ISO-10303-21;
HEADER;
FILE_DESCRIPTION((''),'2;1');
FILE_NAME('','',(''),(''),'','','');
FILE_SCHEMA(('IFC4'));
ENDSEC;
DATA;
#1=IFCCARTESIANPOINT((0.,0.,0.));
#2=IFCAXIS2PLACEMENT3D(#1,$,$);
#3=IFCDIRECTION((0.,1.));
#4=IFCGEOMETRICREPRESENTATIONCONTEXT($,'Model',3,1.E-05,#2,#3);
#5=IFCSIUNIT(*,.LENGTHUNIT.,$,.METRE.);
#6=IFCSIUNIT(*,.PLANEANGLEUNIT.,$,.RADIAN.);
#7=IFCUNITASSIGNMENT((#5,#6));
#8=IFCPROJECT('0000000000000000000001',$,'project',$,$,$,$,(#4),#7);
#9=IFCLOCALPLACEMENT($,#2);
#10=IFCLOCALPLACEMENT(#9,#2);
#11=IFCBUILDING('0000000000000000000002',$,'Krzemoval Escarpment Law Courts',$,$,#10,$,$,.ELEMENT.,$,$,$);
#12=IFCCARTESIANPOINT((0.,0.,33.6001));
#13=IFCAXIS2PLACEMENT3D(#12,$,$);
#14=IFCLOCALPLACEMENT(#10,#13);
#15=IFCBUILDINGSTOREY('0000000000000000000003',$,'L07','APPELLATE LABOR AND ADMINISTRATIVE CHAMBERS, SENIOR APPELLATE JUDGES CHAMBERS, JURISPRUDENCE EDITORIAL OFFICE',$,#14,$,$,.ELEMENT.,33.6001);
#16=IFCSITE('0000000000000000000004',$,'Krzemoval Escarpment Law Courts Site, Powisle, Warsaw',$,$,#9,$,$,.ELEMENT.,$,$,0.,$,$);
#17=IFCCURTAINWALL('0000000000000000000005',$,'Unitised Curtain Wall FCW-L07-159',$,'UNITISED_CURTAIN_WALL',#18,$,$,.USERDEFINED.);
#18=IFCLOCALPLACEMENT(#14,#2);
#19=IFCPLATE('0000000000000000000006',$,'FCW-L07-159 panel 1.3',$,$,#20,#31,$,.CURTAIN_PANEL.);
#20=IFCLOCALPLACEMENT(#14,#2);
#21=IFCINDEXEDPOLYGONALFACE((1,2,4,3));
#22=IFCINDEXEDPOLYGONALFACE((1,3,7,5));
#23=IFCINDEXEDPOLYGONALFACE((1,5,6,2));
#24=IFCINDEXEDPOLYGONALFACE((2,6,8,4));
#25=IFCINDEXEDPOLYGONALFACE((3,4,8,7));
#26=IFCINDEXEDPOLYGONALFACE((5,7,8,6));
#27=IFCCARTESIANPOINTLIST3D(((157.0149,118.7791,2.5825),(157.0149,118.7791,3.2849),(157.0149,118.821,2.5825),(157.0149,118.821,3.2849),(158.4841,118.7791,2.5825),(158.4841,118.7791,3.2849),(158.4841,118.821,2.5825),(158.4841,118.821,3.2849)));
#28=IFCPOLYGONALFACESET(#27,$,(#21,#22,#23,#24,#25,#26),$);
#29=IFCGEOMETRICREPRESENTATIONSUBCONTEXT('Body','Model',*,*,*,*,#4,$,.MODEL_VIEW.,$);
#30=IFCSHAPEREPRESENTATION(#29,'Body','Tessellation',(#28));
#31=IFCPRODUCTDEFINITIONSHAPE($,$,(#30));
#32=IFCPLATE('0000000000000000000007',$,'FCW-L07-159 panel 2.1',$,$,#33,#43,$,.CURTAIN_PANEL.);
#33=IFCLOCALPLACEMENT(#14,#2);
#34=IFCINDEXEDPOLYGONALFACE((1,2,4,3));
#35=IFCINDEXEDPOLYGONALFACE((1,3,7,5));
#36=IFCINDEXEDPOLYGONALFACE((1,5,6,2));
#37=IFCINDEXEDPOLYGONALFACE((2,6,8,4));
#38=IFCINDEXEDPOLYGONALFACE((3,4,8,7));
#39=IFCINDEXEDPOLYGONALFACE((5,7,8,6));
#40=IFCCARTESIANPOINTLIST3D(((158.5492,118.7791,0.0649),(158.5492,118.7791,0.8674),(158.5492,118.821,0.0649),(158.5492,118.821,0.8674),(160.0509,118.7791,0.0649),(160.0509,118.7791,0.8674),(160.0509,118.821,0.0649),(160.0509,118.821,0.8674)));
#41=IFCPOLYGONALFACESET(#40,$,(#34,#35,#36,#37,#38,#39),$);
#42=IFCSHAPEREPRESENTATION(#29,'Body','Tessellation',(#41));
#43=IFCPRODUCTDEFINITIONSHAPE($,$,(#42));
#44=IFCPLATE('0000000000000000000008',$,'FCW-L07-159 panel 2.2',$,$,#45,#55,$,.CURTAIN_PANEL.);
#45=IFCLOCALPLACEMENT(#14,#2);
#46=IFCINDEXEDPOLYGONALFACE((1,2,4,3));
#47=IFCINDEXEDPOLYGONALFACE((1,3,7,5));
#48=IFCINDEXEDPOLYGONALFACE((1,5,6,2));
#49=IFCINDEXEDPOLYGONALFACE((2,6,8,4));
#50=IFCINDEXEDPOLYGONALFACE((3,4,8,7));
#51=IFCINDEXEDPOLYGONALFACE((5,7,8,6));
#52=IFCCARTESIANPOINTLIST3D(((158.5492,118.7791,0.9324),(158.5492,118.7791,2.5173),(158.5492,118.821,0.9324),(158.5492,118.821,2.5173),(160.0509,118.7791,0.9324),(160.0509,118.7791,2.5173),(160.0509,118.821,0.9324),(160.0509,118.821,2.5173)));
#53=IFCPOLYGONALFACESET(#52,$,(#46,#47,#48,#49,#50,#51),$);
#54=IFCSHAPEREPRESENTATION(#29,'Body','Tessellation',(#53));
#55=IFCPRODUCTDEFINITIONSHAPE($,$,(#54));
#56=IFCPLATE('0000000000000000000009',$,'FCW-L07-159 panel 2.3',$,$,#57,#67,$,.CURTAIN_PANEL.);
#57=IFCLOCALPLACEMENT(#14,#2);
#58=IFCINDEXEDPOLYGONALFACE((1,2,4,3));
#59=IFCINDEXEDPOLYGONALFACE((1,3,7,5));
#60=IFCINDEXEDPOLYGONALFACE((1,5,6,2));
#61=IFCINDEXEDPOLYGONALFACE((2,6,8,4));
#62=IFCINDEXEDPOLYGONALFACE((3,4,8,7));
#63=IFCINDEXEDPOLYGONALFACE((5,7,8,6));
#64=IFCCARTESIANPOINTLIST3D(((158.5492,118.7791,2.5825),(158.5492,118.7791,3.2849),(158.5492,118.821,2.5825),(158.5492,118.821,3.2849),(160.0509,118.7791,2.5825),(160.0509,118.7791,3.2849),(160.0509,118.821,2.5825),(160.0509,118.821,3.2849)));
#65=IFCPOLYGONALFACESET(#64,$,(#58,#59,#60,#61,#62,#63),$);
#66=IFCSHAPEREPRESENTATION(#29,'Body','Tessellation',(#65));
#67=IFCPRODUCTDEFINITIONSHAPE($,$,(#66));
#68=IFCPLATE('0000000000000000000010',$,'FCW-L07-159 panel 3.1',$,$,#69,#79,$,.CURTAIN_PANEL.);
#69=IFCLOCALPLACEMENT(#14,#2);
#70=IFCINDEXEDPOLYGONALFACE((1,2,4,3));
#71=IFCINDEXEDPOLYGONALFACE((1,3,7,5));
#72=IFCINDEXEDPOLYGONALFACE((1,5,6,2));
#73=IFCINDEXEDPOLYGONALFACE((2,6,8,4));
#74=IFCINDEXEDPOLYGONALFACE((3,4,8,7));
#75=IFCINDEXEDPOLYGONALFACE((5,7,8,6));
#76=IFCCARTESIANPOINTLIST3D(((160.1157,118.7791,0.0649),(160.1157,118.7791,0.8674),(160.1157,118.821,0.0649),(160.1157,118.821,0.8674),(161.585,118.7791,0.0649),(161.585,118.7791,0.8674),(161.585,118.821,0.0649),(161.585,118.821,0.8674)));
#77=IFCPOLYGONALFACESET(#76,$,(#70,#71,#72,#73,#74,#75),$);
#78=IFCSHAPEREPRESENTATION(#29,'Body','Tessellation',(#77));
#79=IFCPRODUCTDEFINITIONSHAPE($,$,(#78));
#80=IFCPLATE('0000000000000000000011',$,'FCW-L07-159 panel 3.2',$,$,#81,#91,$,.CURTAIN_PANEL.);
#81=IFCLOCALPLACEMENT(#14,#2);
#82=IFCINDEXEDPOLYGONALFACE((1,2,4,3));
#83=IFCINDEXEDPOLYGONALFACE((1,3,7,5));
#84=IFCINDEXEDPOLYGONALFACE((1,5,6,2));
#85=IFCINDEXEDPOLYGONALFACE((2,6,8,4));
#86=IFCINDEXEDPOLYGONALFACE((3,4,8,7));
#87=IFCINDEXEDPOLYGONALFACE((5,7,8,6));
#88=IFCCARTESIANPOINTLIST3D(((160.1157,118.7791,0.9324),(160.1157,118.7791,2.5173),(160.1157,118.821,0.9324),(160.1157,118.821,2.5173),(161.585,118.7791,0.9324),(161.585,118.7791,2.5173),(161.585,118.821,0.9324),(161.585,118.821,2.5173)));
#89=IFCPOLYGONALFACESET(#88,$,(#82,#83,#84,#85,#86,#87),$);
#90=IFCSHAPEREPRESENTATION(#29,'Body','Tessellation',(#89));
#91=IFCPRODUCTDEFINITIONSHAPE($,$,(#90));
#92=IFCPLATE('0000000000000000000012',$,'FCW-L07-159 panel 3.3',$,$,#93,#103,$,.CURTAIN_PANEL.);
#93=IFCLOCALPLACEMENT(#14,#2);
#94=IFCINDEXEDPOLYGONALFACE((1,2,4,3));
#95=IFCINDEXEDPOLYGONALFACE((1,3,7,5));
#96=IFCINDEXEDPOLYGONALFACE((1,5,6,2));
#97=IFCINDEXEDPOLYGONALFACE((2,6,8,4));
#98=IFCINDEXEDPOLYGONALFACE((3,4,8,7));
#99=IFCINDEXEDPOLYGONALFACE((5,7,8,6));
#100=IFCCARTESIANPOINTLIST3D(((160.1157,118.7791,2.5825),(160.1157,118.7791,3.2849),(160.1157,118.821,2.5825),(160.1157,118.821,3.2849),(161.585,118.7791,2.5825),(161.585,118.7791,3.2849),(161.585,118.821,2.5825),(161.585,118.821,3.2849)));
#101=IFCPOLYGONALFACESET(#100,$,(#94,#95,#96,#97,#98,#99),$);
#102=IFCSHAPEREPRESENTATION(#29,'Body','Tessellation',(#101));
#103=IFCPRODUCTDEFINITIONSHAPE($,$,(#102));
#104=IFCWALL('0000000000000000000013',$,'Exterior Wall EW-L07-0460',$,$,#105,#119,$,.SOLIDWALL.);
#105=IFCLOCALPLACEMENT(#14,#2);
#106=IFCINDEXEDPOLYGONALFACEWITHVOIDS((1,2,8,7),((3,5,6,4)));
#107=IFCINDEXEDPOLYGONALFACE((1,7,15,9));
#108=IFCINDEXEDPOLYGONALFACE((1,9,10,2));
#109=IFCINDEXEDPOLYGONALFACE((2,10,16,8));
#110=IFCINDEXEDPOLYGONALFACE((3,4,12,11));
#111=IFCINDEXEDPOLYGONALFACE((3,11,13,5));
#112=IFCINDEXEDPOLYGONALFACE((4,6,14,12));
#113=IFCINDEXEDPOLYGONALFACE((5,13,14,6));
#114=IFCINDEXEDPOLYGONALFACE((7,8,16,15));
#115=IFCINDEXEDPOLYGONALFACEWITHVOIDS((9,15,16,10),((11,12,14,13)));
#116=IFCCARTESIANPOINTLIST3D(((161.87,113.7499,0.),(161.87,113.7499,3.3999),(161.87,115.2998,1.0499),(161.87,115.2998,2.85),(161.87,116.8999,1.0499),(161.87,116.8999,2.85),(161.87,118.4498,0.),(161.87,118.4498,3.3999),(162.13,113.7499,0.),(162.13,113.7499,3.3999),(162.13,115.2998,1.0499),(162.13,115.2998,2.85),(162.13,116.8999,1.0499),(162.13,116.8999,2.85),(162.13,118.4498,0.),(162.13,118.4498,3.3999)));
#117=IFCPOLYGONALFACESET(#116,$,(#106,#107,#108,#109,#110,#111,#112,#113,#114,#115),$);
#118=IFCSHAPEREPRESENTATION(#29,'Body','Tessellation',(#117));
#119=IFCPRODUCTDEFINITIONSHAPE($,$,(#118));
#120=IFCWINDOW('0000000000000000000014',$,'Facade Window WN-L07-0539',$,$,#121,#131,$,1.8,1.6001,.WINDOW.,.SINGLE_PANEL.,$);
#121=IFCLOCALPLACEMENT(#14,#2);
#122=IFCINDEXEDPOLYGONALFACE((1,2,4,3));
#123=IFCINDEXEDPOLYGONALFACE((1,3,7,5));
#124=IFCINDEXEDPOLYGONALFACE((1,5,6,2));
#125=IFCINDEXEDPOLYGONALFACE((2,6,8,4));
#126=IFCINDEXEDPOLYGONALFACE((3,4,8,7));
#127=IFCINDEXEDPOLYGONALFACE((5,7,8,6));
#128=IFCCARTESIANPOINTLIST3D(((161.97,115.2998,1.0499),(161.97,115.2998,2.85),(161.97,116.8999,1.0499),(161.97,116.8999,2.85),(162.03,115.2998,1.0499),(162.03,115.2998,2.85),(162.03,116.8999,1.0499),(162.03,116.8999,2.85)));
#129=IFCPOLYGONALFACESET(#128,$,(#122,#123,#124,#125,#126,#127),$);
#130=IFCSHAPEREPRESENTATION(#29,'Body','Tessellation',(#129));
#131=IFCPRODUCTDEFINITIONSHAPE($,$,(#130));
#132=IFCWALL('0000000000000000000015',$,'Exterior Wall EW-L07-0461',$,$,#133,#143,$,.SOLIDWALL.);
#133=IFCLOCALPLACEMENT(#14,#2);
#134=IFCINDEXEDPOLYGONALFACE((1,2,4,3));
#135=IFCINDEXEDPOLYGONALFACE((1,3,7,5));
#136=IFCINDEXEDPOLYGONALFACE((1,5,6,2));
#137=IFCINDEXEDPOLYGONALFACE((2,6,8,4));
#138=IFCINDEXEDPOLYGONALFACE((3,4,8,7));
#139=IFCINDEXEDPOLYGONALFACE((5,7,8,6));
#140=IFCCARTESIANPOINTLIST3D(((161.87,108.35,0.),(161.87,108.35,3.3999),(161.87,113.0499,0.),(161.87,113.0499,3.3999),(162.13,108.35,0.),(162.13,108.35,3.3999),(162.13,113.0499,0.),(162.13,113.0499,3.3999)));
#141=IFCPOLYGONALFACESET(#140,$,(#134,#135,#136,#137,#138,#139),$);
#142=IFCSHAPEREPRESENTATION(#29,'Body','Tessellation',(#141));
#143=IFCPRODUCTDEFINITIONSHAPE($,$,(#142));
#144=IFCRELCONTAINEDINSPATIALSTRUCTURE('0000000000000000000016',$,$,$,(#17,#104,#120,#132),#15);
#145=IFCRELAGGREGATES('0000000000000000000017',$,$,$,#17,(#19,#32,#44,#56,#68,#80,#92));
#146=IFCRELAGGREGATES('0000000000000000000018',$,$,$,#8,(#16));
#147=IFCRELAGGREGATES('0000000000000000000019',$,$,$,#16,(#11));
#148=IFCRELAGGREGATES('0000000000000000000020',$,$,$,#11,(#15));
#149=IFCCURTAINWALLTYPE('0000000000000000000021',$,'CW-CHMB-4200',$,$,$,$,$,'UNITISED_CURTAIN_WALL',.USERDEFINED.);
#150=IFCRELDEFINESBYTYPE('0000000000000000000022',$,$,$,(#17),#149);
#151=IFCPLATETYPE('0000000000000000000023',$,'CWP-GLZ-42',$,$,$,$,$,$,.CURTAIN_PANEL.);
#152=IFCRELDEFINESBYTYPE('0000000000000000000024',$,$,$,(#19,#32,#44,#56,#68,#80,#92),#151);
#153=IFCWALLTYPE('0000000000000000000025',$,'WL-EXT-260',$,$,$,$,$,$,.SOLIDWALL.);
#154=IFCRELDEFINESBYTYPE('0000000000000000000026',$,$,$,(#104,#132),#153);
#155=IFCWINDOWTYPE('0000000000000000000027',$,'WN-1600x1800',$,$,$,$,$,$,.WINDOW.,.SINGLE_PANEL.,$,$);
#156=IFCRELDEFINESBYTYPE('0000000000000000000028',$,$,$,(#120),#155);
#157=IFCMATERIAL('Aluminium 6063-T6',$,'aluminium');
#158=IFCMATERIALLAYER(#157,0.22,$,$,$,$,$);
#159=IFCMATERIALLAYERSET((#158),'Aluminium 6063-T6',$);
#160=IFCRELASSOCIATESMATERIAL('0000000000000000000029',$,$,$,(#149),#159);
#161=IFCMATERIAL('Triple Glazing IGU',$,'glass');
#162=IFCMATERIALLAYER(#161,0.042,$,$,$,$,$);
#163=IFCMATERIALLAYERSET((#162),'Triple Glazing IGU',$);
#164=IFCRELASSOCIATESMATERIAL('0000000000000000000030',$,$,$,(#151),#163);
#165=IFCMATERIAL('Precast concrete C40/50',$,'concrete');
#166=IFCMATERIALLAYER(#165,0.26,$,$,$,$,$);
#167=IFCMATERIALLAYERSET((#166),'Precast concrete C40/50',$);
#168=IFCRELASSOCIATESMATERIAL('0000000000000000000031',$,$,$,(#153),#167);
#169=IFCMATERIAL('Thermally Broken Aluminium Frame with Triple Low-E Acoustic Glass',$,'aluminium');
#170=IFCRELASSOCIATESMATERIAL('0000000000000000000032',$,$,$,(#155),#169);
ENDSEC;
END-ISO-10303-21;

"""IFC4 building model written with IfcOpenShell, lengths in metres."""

from ifc_helpers import new_model, si_unit, direction, frame, frame_2d, origin, origin_2d, place, context, subcontext, project, spatial, rectangle, extrude, material, layer, layer_set, type_object, element, fill, aggregate, save


model = new_model("IFC4")

# Units and contexts
model_context = context("Model", 3, precision=1e-05, world=origin(), true_north=direction((0.0, 1.0)))
body_context = subcontext(model_context, "Body", "Model", "MODEL_VIEW")
ifc_project = project(units=[si_unit("LENGTHUNIT", "METRE"), si_unit("PLANEANGLEUNIT", "RADIAN")], contexts=[model_context])

# Site, building, storey
site_placement = place(None, origin())
site = spatial("IfcSite", under=ifc_project, at=site_placement, Name="Krzemoval Escarpment Law Courts Site, Powisle, Warsaw", CompositionType="ELEMENT", RefElevation=0.0)
building_placement = place(site_placement, origin())
building = spatial("IfcBuilding", under=site, at=building_placement, Name="Krzemoval Escarpment Law Courts", CompositionType="ELEMENT")
storey_placement = place(building_placement, frame((0.0, 0.0, 33.6001)))
storey = spatial("IfcBuildingStorey", under=building, at=storey_placement, Name="L07", Description="APPELLATE LABOR AND ADMINISTRATIVE CHAMBERS, SENIOR APPELLATE JUDGES CHAMBERS, JURISPRUDENCE EDITORIAL OFFICE", CompositionType="ELEMENT", Elevation=33.6001)

# Curtain wall, plates
ifc_material_1 = material(Name="Aluminium 6063-T6", Category="aluminium")
ifc_layer_1 = layer(ifc_material_1, 0.22)
ifc_layer_set_1 = layer_set([ifc_layer_1], Name="Aluminium 6063-T6")
curtain_wall_type = type_object("IfcCurtainWallType", Name="CW-CHMB-4200", ElementType="UNITISED_CURTAIN_WALL", PredefinedType="USERDEFINED", material=ifc_layer_set_1)
curtain_wall_placement = place(storey_placement, origin())
curtain_wall = element("IfcCurtainWall", 1, at=curtain_wall_placement, inside=storey, type_object=curtain_wall_type, Name="Unitised Curtain Wall FCW-L07-159", ObjectType="UNITISED_CURTAIN_WALL", PredefinedType="USERDEFINED")
ifc_material_2 = material(Name="Triple Glazing IGU", Category="glass")
ifc_layer_2 = layer(ifc_material_2, 0.042)
ifc_layer_set_2 = layer_set([ifc_layer_2], Name="Triple Glazing IGU")
plate_type = type_object("IfcPlateType", Name="CWP-GLZ-42", PredefinedType="CURTAIN_PANEL", material=ifc_layer_set_2)
plate_1_placement = place(storey_placement, frame((157.7495, 118.8, 2.5825), z_axis=(0.0, 0.0, 1.0), x_axis=(1.0, 0.0, 0.0)))
plate_1 = element("IfcPlate", 2, at=plate_1_placement, type_object=plate_type, Name="FCW-L07-159 panel 1.3", PredefinedType="CURTAIN_PANEL", context=body_context, shape_type="SweptSolid", body=[
    extrude(rectangle(XDim=1.4692, YDim=0.042, at=origin_2d()), origin(), (0.0, 0.0, 1.0), 0.7024),
])
plate_2_placement = place(storey_placement, frame((159.3, 118.8, 0.0649), z_axis=(0.0, 0.0, 1.0), x_axis=(1.0, 0.0, 0.0)))
plate_2 = element("IfcPlate", 3, at=plate_2_placement, type_object=plate_type, Name="FCW-L07-159 panel 2.1", PredefinedType="CURTAIN_PANEL", context=body_context, shape_type="SweptSolid", body=[
    extrude(rectangle(XDim=1.5017, YDim=0.042, at=origin_2d()), origin(), (0.0, 0.0, 1.0), 0.8025),
])
plate_3_placement = place(storey_placement, frame((159.3, 118.8, 0.9324), z_axis=(0.0, 0.0, 1.0), x_axis=(1.0, 0.0, 0.0)))
plate_3 = element("IfcPlate", 4, at=plate_3_placement, type_object=plate_type, Name="FCW-L07-159 panel 2.2", PredefinedType="CURTAIN_PANEL", context=body_context, shape_type="SweptSolid", body=[
    extrude(rectangle(XDim=1.5017, YDim=0.042, at=origin_2d()), origin(), (0.0, 0.0, 1.0), 1.585),
])
plate_4_placement = place(storey_placement, frame((159.3, 118.8, 2.5825), z_axis=(0.0, 0.0, 1.0), x_axis=(1.0, 0.0, 0.0)))
plate_4 = element("IfcPlate", 5, at=plate_4_placement, type_object=plate_type, Name="FCW-L07-159 panel 2.3", PredefinedType="CURTAIN_PANEL", context=body_context, shape_type="SweptSolid", body=[
    extrude(rectangle(XDim=1.5017, YDim=0.042, at=origin_2d()), origin(), (0.0, 0.0, 1.0), 0.7024),
])
plate_5_placement = place(storey_placement, frame((160.8503, 118.8, 0.0649), z_axis=(0.0, 0.0, 1.0), x_axis=(1.0, 0.0, 0.0)))
plate_5 = element("IfcPlate", 6, at=plate_5_placement, type_object=plate_type, Name="FCW-L07-159 panel 3.1", PredefinedType="CURTAIN_PANEL", context=body_context, shape_type="SweptSolid", body=[
    extrude(rectangle(XDim=1.4692, YDim=0.042, at=origin_2d()), origin(), (0.0, 0.0, 1.0), 0.8025),
])
plate_6_placement = place(storey_placement, frame((160.8503, 118.8, 0.9324), z_axis=(0.0, 0.0, 1.0), x_axis=(1.0, 0.0, 0.0)))
plate_6 = element("IfcPlate", 7, at=plate_6_placement, type_object=plate_type, Name="FCW-L07-159 panel 3.2", PredefinedType="CURTAIN_PANEL", context=body_context, shape_type="SweptSolid", body=[
    extrude(rectangle(XDim=1.4692, YDim=0.042, at=origin_2d()), origin(), (0.0, 0.0, 1.0), 1.585),
])
plate_7_placement = place(storey_placement, frame((160.8503, 118.8, 2.5825), z_axis=(0.0, 0.0, 1.0), x_axis=(1.0, 0.0, 0.0)))
plate_7 = element("IfcPlate", 8, at=plate_7_placement, type_object=plate_type, Name="FCW-L07-159 panel 3.3", PredefinedType="CURTAIN_PANEL", context=body_context, shape_type="SweptSolid", body=[
    extrude(rectangle(XDim=1.4692, YDim=0.042, at=origin_2d()), origin(), (0.0, 0.0, 1.0), 0.7024),
])
aggregate(curtain_wall, [plate_1, plate_2, plate_3, plate_4, plate_5, plate_6, plate_7])

# Wall, opening, window
ifc_material_3 = material(Name="Precast concrete C40/50", Category="concrete")
ifc_layer_3 = layer(ifc_material_3, 0.26)
ifc_layer_set_3 = layer_set([ifc_layer_3], Name="Precast concrete C40/50")
wall_type = type_object("IfcWallType", Name="WL-EXT-260", PredefinedType="SOLIDWALL", material=ifc_layer_set_3)
wall_1_placement = place(storey_placement, frame((162.0, 118.45, 0.0), z_axis=(0.0, 0.0, 1.0), x_axis=(0.0, -1.0, 0.0)))
wall_1 = element("IfcWall", 9, at=wall_1_placement, inside=storey, type_object=wall_type, Name="Exterior Wall EW-L07-0460", PredefinedType="SOLIDWALL", context=body_context, shape_type="SweptSolid", body=[
    extrude(rectangle(XDim=4.7, YDim=0.26, at=frame_2d((2.3501, 0.0))), origin(), (0.0, 0.0, 1.0), 3.3999),
])
opening_placement = place(wall_1_placement, frame((1.55, 0.0, 1.05)))
opening = element("IfcOpeningElement", 10, at=opening_placement, cuts=wall_1, PredefinedType="OPENING", context=body_context, shape_type="SweptSolid", body=[
    extrude(rectangle(XDim=1.6001, YDim=1.8, at=frame_2d((0.8, 0.8999))), frame((0.0, 0.145, 0.0), z_axis=(0.0, -1.0, 0.0), x_axis=(1.0, 0.0, 0.0)), (0.0, 0.0, 1.0), 0.29),
])
ifc_material_4 = material(Name="Thermally Broken Aluminium Frame with Triple Low-E Acoustic Glass", Category="aluminium")
window_type = type_object("IfcWindowType", Name="WN-1600x1800", PartitioningType="SINGLE_PANEL", PredefinedType="WINDOW", material=ifc_material_4)
window_placement = place(opening_placement, origin())
window = element("IfcWindow", 11, at=window_placement, inside=storey, type_object=window_type, Name="Facade Window WN-L07-0539", OverallHeight=1.8, OverallWidth=1.6001, PartitioningType="SINGLE_PANEL", PredefinedType="WINDOW", context=body_context, shape_type="SweptSolid", body=[
    extrude(rectangle(XDim=1.6001, YDim=1.8, at=frame_2d((0.8, 0.8999))), frame((0.0, 0.03, 0.0), z_axis=(0.0, -1.0, 0.0), x_axis=(1.0, 0.0, 0.0)), (0.0, 0.0, 1.0), 0.0601),
])
fill(opening, window)

# Wall
wall_2_placement = place(storey_placement, frame((162.0, 113.05, 0.0), z_axis=(0.0, 0.0, 1.0), x_axis=(0.0, -1.0, 0.0)))
element("IfcWall", 12, at=wall_2_placement, inside=storey, type_object=wall_type, Name="Exterior Wall EW-L07-0461", PredefinedType="SOLIDWALL", context=body_context, shape_type="SweptSolid", body=[
    extrude(rectangle(XDim=4.7, YDim=0.26, at=frame_2d((2.3501, 0.0))), origin(), (0.0, 0.0, 1.0), 3.3999),
])

save(model, "model.ifc")
